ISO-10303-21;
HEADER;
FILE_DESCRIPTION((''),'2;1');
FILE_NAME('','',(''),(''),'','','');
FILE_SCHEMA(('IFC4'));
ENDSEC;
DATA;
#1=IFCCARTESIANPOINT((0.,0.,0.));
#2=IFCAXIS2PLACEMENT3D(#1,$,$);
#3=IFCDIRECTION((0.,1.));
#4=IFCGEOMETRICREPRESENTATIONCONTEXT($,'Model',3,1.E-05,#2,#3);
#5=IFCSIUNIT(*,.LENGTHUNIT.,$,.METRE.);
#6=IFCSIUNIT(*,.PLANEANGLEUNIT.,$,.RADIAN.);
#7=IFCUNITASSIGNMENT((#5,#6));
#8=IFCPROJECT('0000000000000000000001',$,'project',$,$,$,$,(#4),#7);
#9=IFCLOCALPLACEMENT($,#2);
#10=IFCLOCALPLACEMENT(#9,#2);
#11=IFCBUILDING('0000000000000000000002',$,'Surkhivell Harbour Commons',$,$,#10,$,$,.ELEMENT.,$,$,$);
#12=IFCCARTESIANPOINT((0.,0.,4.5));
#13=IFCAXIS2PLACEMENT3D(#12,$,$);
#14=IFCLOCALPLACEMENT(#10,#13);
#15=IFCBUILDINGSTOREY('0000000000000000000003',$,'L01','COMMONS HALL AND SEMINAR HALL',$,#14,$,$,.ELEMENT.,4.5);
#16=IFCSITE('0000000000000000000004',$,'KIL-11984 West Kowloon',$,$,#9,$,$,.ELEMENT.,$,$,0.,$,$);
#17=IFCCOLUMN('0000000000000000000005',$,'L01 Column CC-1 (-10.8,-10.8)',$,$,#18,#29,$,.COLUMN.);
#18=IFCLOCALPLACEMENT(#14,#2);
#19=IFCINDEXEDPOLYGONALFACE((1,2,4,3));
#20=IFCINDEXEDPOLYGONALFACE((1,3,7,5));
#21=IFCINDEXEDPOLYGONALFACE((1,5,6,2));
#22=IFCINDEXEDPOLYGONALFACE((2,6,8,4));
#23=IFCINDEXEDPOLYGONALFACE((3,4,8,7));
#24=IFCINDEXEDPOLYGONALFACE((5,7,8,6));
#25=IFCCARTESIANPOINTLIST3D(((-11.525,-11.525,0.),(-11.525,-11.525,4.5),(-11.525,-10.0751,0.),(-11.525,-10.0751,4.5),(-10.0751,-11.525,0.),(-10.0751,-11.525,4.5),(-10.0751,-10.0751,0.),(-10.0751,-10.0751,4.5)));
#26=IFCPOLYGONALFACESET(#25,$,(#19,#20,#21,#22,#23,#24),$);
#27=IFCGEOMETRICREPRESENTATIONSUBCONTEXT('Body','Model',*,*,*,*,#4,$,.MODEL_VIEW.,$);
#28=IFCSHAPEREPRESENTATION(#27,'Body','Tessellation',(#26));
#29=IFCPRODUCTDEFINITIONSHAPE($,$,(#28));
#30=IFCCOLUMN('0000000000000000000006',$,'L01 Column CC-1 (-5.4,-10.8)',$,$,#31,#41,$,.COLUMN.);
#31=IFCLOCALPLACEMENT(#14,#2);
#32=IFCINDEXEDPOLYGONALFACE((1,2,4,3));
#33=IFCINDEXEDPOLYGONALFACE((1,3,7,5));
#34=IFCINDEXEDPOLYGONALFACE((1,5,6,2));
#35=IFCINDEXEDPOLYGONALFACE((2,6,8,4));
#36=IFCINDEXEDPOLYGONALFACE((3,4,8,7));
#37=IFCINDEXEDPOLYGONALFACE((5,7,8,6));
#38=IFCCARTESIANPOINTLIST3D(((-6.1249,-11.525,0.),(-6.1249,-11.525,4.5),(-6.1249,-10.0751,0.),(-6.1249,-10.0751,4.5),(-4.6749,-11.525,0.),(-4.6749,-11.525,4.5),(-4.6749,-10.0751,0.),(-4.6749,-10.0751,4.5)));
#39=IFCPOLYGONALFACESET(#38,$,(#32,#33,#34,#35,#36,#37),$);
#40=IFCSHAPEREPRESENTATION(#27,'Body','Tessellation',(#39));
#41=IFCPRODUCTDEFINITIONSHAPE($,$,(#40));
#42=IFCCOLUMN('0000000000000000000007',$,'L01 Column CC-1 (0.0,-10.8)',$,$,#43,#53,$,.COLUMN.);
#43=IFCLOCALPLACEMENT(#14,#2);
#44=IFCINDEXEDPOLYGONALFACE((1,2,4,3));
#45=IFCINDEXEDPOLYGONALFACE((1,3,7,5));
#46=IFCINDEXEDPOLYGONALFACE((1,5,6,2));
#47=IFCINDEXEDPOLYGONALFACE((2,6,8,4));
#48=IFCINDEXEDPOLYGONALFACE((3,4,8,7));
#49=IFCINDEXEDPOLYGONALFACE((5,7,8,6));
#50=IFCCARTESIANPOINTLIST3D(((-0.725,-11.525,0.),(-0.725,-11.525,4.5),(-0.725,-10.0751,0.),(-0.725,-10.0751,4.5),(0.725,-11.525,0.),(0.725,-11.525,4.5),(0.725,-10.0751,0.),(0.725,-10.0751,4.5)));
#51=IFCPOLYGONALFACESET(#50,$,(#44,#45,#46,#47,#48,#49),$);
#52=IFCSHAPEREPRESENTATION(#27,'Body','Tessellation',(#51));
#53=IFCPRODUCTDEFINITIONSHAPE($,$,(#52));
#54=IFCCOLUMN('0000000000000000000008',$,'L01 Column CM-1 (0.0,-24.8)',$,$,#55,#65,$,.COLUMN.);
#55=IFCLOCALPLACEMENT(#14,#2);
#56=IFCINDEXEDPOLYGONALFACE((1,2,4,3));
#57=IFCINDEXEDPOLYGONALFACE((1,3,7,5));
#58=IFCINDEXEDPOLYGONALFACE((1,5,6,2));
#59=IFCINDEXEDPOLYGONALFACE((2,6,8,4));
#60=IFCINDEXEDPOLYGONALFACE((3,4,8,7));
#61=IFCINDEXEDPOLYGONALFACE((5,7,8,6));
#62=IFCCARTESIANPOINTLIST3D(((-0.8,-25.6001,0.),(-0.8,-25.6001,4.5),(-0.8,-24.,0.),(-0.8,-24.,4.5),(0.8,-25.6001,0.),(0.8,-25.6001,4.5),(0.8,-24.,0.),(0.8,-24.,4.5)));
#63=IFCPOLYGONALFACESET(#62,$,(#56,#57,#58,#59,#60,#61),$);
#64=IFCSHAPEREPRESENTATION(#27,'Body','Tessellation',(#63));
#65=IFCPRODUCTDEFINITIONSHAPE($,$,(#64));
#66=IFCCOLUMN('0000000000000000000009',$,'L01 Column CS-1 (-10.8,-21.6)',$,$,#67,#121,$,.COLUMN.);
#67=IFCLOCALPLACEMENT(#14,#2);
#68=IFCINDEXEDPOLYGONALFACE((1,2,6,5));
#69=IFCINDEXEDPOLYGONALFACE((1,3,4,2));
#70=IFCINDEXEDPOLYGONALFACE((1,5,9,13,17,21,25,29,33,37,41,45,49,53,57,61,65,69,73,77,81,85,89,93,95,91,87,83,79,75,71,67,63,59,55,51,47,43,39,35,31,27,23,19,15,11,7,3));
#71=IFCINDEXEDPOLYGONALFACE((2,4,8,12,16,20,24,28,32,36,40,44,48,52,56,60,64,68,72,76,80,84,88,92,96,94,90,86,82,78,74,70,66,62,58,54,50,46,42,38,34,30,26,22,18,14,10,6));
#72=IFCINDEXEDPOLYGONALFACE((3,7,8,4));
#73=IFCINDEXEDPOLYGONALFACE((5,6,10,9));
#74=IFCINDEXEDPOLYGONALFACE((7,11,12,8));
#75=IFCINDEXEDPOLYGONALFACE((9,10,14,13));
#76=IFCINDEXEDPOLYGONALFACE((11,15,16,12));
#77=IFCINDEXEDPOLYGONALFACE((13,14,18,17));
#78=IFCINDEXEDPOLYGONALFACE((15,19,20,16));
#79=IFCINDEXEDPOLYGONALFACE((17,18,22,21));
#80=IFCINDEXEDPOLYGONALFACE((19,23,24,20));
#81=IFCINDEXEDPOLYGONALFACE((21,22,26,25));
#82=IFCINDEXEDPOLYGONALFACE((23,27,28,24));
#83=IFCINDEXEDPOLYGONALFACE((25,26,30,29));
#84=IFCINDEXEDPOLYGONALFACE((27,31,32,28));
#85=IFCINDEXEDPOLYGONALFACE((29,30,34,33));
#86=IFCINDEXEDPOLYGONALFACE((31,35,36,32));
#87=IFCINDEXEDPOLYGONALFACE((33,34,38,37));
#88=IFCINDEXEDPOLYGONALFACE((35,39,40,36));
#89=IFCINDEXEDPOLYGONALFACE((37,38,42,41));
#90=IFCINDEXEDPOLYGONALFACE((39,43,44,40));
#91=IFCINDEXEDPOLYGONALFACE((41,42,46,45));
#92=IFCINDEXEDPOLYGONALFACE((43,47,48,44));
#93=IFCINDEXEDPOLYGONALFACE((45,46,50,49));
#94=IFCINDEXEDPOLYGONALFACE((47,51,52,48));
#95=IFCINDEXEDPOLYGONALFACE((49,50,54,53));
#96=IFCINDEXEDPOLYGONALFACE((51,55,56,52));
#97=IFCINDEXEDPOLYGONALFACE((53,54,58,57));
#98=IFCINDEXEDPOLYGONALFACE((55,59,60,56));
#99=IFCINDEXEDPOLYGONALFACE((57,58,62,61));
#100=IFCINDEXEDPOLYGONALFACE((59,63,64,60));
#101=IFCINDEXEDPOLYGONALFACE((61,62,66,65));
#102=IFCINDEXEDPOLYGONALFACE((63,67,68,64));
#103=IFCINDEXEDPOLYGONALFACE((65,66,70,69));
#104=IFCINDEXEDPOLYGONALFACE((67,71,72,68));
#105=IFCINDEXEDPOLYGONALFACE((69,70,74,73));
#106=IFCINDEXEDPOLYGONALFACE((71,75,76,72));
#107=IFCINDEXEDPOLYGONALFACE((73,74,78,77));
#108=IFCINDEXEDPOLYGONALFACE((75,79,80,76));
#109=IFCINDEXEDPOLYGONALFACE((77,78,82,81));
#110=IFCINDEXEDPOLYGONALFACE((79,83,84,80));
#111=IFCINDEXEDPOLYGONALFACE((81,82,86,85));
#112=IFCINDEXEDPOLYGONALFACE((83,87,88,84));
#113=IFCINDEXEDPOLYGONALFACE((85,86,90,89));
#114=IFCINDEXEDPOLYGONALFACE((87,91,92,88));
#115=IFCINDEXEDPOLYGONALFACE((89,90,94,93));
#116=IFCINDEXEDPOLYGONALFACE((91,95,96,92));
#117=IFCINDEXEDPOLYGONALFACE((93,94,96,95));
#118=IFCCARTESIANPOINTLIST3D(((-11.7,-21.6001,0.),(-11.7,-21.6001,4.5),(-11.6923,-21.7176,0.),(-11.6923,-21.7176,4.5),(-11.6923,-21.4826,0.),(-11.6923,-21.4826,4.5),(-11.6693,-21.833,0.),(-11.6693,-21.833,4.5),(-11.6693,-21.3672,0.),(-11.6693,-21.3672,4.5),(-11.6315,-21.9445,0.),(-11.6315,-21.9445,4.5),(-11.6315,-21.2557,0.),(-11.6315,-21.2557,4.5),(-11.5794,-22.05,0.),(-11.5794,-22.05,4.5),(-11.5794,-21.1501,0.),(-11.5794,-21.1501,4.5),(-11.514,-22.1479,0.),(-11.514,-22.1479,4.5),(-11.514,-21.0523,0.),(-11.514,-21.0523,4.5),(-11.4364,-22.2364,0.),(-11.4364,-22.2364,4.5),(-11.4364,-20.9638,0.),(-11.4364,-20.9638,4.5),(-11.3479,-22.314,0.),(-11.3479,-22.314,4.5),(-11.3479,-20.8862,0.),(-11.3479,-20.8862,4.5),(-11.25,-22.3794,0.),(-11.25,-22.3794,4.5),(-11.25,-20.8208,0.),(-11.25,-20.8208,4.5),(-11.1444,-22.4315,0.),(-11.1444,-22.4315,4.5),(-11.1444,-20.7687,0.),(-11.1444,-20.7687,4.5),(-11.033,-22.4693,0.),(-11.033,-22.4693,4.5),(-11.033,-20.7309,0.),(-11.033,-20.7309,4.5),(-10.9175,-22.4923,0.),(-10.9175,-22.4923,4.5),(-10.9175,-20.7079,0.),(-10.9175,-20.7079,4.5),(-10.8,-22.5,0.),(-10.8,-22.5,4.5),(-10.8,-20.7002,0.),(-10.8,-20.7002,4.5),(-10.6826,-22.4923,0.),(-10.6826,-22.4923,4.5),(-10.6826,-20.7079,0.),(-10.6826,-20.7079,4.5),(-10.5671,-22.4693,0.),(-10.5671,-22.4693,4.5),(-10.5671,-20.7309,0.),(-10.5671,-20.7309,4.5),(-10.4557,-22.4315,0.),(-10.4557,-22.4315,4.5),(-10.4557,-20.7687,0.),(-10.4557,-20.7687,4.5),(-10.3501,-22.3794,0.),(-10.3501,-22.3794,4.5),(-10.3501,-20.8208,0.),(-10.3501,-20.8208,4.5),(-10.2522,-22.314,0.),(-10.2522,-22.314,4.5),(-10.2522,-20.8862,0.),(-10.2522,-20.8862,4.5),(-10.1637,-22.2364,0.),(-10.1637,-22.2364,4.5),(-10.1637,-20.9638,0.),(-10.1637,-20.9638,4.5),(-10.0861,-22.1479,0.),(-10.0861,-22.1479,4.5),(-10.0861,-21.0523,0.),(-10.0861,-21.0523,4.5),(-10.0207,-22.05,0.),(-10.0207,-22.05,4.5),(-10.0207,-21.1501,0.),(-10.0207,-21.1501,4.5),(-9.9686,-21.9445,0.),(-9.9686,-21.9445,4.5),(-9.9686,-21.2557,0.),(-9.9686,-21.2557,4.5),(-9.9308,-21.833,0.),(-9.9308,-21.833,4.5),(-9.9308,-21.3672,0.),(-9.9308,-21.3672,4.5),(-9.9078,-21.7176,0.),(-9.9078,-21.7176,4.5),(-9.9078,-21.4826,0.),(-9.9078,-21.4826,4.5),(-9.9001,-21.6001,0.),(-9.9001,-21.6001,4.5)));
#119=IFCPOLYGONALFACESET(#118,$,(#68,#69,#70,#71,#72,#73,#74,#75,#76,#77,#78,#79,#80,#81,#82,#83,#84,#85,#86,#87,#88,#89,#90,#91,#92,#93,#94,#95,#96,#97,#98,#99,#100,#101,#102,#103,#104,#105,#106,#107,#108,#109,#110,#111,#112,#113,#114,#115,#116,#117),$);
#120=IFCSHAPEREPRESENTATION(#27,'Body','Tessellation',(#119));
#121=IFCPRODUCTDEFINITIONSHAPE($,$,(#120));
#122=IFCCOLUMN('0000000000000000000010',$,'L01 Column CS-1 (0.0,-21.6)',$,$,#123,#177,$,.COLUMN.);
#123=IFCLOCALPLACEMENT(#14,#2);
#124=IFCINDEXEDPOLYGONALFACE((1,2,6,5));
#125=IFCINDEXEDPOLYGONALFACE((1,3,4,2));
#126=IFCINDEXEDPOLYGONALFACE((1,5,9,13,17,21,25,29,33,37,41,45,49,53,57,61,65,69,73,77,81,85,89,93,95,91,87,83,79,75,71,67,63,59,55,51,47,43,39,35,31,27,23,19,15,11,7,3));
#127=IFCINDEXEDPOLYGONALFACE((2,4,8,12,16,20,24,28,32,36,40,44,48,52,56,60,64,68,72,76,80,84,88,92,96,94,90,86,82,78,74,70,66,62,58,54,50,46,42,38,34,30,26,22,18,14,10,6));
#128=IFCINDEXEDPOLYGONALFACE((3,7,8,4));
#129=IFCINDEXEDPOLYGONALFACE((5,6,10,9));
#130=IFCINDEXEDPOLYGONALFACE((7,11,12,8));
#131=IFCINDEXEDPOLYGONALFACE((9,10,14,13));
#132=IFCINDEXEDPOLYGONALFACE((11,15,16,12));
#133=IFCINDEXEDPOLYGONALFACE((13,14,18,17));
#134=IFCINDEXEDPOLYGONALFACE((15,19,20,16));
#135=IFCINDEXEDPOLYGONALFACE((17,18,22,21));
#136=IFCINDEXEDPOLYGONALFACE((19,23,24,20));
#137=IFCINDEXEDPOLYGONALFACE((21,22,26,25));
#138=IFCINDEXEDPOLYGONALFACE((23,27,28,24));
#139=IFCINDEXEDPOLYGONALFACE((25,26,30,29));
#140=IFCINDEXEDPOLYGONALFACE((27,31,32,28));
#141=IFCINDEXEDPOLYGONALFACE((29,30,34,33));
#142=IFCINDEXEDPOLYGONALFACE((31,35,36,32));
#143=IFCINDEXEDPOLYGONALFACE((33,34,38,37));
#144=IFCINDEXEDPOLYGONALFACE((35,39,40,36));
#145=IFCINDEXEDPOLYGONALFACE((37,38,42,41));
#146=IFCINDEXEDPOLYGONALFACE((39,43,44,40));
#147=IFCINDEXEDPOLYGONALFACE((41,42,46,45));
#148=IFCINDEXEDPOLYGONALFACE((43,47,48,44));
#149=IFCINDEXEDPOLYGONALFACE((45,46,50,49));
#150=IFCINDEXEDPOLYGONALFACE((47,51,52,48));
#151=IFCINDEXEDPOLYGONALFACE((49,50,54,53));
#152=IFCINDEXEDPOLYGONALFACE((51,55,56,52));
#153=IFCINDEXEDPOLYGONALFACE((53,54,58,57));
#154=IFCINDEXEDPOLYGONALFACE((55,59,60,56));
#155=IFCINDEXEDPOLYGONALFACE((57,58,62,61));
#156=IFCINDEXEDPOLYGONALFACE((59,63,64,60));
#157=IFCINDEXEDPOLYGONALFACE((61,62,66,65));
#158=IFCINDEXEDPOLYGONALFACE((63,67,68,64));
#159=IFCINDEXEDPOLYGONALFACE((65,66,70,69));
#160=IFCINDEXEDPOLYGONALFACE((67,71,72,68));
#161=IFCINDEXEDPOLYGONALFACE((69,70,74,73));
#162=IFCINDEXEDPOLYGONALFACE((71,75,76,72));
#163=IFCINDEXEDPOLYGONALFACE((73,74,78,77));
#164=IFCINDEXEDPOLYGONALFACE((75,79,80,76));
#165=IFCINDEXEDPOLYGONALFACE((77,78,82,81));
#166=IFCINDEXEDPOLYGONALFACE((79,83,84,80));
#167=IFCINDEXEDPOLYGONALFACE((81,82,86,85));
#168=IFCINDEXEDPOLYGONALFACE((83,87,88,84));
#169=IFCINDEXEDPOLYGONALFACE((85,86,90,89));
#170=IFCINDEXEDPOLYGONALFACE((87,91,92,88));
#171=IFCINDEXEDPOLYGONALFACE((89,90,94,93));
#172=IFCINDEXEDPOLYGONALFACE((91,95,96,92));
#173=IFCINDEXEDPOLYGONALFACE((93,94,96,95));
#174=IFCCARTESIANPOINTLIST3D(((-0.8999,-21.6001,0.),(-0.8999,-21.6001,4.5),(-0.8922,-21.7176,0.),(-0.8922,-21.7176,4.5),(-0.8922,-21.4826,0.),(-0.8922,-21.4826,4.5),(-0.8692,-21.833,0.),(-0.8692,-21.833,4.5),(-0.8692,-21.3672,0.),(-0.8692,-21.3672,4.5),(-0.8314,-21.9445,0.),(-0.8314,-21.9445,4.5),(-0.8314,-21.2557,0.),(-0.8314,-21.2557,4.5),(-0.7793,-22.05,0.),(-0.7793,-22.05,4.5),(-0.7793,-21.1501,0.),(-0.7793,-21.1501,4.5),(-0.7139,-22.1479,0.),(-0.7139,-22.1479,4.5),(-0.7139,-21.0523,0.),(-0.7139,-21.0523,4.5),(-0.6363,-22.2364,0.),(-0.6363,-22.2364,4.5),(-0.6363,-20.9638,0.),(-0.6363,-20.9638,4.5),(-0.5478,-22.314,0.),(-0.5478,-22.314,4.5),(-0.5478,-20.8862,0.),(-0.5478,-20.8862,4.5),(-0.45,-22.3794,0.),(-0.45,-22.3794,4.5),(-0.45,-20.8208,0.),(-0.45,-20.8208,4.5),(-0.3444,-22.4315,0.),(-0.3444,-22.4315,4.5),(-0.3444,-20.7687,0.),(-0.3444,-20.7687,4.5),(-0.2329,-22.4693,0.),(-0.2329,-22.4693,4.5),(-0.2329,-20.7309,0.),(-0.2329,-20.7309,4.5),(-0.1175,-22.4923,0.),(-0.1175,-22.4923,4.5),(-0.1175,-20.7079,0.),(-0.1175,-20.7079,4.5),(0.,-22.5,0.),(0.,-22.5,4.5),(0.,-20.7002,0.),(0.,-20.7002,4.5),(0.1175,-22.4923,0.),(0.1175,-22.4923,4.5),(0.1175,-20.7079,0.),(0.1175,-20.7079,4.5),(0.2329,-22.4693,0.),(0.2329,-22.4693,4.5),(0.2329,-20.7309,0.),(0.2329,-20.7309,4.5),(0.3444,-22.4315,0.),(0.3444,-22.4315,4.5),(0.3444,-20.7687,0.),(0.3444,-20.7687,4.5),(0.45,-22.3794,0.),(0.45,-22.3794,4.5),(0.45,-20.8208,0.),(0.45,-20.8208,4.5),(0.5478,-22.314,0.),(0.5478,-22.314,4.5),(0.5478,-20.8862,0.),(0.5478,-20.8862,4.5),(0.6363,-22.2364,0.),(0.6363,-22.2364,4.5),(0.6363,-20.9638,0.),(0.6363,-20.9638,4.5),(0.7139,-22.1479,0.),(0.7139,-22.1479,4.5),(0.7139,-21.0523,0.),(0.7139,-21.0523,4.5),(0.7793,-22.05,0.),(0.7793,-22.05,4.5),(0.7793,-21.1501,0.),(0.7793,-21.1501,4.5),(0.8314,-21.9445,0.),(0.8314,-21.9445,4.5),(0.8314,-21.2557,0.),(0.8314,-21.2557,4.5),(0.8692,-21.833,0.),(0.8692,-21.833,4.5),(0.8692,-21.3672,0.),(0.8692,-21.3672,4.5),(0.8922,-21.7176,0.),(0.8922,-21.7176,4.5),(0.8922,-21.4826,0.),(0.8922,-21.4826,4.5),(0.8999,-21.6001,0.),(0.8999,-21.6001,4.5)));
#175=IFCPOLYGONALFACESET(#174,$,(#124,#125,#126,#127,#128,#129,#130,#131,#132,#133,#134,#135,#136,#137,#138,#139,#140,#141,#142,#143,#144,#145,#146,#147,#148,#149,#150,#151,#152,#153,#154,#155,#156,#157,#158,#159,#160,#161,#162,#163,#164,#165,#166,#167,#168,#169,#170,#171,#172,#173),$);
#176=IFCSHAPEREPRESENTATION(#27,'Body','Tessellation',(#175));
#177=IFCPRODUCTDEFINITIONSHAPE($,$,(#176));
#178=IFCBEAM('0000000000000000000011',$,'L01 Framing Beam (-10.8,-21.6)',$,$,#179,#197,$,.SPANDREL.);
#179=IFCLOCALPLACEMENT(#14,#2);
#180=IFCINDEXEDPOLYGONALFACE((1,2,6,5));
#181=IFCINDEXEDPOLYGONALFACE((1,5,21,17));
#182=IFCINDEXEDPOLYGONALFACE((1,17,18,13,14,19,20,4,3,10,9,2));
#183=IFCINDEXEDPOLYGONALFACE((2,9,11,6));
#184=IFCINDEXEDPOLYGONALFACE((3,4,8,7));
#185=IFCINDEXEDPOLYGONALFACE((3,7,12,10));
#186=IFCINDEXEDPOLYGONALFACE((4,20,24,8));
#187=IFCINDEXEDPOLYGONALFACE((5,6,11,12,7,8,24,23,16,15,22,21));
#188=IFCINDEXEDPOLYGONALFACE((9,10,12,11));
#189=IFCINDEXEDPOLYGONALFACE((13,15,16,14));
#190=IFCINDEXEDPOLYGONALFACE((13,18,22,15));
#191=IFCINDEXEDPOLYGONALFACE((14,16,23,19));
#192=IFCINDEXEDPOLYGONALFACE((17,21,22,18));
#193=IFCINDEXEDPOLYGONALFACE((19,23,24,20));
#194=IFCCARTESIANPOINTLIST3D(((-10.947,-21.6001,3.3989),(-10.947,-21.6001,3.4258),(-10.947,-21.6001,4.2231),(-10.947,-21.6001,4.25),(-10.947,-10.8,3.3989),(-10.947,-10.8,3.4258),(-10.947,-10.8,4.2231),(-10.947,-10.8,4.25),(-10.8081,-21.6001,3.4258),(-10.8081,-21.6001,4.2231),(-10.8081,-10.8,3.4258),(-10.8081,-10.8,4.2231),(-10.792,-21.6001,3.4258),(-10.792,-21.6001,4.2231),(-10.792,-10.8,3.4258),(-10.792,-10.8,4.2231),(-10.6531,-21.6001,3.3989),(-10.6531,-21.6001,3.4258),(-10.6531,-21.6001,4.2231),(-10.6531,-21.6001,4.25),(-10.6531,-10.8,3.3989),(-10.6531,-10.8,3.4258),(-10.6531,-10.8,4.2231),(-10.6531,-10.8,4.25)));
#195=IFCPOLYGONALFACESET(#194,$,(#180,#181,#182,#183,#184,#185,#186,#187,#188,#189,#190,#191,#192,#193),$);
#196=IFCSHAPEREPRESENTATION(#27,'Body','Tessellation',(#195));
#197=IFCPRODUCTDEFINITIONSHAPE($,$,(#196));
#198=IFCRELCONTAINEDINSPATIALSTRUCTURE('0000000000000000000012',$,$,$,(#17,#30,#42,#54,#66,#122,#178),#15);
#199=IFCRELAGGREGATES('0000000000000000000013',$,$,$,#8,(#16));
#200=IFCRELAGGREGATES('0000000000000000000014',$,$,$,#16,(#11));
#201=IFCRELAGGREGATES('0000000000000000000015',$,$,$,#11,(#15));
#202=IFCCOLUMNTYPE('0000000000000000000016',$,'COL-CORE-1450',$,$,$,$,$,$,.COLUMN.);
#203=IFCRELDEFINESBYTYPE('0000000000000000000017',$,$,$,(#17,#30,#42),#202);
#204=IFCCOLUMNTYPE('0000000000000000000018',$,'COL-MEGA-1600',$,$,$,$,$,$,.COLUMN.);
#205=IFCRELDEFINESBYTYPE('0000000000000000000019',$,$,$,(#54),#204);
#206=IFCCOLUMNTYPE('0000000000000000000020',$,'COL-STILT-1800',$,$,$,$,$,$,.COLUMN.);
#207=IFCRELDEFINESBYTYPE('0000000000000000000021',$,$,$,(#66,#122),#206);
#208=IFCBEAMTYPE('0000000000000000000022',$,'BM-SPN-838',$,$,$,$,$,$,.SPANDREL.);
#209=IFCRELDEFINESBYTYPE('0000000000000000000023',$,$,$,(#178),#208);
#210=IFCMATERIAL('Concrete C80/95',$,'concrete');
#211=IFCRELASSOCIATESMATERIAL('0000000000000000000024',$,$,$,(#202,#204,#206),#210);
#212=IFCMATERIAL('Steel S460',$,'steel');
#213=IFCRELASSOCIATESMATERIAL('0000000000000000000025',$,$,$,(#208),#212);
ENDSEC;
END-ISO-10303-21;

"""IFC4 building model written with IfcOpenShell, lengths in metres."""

from ifc_helpers import new_model, si_unit, direction, frame, origin, origin_2d, place, context, subcontext, project, spatial, rectangle, circle, i_section, extrude, material, material_profile, profile_set, type_object, element, save


model = new_model("IFC4")

# Units and contexts
model_context = context("Model", 3, precision=1e-05, world=origin(), true_north=direction((0.0, 1.0)))
body_context = subcontext(model_context, "Body", "Model", "MODEL_VIEW")
ifc_project = project(units=[si_unit("LENGTHUNIT", "METRE"), si_unit("PLANEANGLEUNIT", "RADIAN")], contexts=[model_context])

# Site, building, storey
site_placement = place(None, origin())
site = spatial("IfcSite", under=ifc_project, at=site_placement, Name="KIL-11984 West Kowloon", CompositionType="ELEMENT", RefElevation=0.0)
building_placement = place(site_placement, origin())
building = spatial("IfcBuilding", under=site, at=building_placement, Name="Surkhivell Harbour Commons", CompositionType="ELEMENT")
storey_placement = place(building_placement, frame((0.0, 0.0, 4.5)))
storey = spatial("IfcBuildingStorey", under=building, at=storey_placement, Name="L01", Description="COMMONS HALL AND SEMINAR HALL", CompositionType="ELEMENT", Elevation=4.5)

# Columns
ifc_material_1 = material(Name="Concrete C80/95", Category="concrete")
ifc_material_profile_1 = material_profile(ifc_material_1, rectangle(XDim=1.45, YDim=1.45, at=origin_2d()), Name="RC-COL-1450x1450")
ifc_profile_set_1 = profile_set([ifc_material_profile_1], Name="Concrete C80/95")
column_type_1 = type_object("IfcColumnType", Name="COL-CORE-1450", PredefinedType="COLUMN", material=ifc_profile_set_1)
for number, where, z_axis, x_axis, name in (
    (1, (-10.8, -10.8, 0.0), (0.0, 0.0, 1.0), (1.0, 0.0, 0.0), "L01 Column CC-1 (-10.8,-10.8)"),
    (2, (-5.3999, -10.8, 0.0), (0.0, 0.0, 1.0), (1.0, 0.0, 0.0), "L01 Column CC-1 (-5.4,-10.8)"),
    (3, (0.0, -10.8, 0.0), (0.0, 0.0, 1.0), (1.0, 0.0, 0.0), "L01 Column CC-1 (0.0,-10.8)"),
):
    element("IfcColumn", number, at=place(storey_placement, frame(where, z_axis=z_axis, x_axis=x_axis)), inside=storey, type_object=column_type_1, Name=name, PredefinedType="COLUMN", context=body_context, shape_type="SweptSolid", body=[
        extrude(rectangle(XDim=1.45, YDim=1.45, at=origin_2d()), origin(), (0.0, 0.0, 1.0), 4.5),
    ])
ifc_material_profile_2 = material_profile(ifc_material_1, rectangle(XDim=1.6001, YDim=1.6001, at=origin_2d()), Name="RC-COL-1600x1600")
ifc_profile_set_2 = profile_set([ifc_material_profile_2], Name="Concrete C80/95")
column_type_2 = type_object("IfcColumnType", Name="COL-MEGA-1600", PredefinedType="COLUMN", material=ifc_profile_set_2)
column_placement = place(storey_placement, frame((0.0, -24.8, 0.0), z_axis=(0.0, 0.0, 1.0), x_axis=(1.0, 0.0, 0.0)))
element("IfcColumn", 4, at=column_placement, inside=storey, type_object=column_type_2, Name="L01 Column CM-1 (0.0,-24.8)", PredefinedType="COLUMN", context=body_context, shape_type="SweptSolid", body=[
    extrude(rectangle(XDim=1.6001, YDim=1.6001, at=origin_2d()), origin(), (0.0, 0.0, 1.0), 4.5),
])
ifc_material_profile_3 = material_profile(ifc_material_1, circle(Radius=0.8999, at=origin_2d()), Name="RC-CIRC-1800")
ifc_profile_set_3 = profile_set([ifc_material_profile_3], Name="Concrete C80/95")
column_type_3 = type_object("IfcColumnType", Name="COL-STILT-1800", PredefinedType="COLUMN", material=ifc_profile_set_3)
for number, where, z_axis, x_axis, name in (
    (5, (-10.8, -21.6001, 0.0), (0.0, 0.0, 1.0), (1.0, 0.0, 0.0), "L01 Column CS-1 (-10.8,-21.6)"),
    (6, (0.0, -21.6001, 0.0), (0.0, 0.0, 1.0), (1.0, 0.0, 0.0), "L01 Column CS-1 (0.0,-21.6)"),
):
    element("IfcColumn", number, at=place(storey_placement, frame(where, z_axis=z_axis, x_axis=x_axis)), inside=storey, type_object=column_type_3, Name=name, PredefinedType="COLUMN", context=body_context, shape_type="SweptSolid", body=[
        extrude(circle(Radius=0.8999, at=origin_2d()), origin(), (0.0, 0.0, 1.0), 4.5),
    ])

# Beam
ifc_material_2 = material(Name="Steel S460", Category="steel")
ifc_material_profile_4 = material_profile(ifc_material_2, i_section(OverallWidth=0.2939, OverallDepth=0.8511, WebThickness=0.0161, FlangeThickness=0.0269, at=origin_2d()), Name="UB838x292x226")
ifc_profile_set_4 = profile_set([ifc_material_profile_4], Name="Steel S460")
beam_type = type_object("IfcBeamType", Name="BM-SPN-838", PredefinedType="SPANDREL", material=ifc_profile_set_4)
for number, where, z_axis, x_axis, name in (
    (7, (-10.8, -21.6001, 3.8245), (0.0, 1.0, 0.0), (-1.0, 0.0, 0.0), "L01 Framing Beam (-10.8,-21.6)"),
):
    element("IfcBeam", number, at=place(storey_placement, frame(where, z_axis=z_axis, x_axis=x_axis)), inside=storey, type_object=beam_type, Name=name, PredefinedType="SPANDREL", context=body_context, shape_type="SweptSolid", body=[
        extrude(i_section(OverallWidth=0.2939, OverallDepth=0.8511, WebThickness=0.0161, FlangeThickness=0.0269, at=origin_2d()), origin(), (0.0, 0.0, 1.0), 10.8),
    ])

save(model, "model.ifc")
